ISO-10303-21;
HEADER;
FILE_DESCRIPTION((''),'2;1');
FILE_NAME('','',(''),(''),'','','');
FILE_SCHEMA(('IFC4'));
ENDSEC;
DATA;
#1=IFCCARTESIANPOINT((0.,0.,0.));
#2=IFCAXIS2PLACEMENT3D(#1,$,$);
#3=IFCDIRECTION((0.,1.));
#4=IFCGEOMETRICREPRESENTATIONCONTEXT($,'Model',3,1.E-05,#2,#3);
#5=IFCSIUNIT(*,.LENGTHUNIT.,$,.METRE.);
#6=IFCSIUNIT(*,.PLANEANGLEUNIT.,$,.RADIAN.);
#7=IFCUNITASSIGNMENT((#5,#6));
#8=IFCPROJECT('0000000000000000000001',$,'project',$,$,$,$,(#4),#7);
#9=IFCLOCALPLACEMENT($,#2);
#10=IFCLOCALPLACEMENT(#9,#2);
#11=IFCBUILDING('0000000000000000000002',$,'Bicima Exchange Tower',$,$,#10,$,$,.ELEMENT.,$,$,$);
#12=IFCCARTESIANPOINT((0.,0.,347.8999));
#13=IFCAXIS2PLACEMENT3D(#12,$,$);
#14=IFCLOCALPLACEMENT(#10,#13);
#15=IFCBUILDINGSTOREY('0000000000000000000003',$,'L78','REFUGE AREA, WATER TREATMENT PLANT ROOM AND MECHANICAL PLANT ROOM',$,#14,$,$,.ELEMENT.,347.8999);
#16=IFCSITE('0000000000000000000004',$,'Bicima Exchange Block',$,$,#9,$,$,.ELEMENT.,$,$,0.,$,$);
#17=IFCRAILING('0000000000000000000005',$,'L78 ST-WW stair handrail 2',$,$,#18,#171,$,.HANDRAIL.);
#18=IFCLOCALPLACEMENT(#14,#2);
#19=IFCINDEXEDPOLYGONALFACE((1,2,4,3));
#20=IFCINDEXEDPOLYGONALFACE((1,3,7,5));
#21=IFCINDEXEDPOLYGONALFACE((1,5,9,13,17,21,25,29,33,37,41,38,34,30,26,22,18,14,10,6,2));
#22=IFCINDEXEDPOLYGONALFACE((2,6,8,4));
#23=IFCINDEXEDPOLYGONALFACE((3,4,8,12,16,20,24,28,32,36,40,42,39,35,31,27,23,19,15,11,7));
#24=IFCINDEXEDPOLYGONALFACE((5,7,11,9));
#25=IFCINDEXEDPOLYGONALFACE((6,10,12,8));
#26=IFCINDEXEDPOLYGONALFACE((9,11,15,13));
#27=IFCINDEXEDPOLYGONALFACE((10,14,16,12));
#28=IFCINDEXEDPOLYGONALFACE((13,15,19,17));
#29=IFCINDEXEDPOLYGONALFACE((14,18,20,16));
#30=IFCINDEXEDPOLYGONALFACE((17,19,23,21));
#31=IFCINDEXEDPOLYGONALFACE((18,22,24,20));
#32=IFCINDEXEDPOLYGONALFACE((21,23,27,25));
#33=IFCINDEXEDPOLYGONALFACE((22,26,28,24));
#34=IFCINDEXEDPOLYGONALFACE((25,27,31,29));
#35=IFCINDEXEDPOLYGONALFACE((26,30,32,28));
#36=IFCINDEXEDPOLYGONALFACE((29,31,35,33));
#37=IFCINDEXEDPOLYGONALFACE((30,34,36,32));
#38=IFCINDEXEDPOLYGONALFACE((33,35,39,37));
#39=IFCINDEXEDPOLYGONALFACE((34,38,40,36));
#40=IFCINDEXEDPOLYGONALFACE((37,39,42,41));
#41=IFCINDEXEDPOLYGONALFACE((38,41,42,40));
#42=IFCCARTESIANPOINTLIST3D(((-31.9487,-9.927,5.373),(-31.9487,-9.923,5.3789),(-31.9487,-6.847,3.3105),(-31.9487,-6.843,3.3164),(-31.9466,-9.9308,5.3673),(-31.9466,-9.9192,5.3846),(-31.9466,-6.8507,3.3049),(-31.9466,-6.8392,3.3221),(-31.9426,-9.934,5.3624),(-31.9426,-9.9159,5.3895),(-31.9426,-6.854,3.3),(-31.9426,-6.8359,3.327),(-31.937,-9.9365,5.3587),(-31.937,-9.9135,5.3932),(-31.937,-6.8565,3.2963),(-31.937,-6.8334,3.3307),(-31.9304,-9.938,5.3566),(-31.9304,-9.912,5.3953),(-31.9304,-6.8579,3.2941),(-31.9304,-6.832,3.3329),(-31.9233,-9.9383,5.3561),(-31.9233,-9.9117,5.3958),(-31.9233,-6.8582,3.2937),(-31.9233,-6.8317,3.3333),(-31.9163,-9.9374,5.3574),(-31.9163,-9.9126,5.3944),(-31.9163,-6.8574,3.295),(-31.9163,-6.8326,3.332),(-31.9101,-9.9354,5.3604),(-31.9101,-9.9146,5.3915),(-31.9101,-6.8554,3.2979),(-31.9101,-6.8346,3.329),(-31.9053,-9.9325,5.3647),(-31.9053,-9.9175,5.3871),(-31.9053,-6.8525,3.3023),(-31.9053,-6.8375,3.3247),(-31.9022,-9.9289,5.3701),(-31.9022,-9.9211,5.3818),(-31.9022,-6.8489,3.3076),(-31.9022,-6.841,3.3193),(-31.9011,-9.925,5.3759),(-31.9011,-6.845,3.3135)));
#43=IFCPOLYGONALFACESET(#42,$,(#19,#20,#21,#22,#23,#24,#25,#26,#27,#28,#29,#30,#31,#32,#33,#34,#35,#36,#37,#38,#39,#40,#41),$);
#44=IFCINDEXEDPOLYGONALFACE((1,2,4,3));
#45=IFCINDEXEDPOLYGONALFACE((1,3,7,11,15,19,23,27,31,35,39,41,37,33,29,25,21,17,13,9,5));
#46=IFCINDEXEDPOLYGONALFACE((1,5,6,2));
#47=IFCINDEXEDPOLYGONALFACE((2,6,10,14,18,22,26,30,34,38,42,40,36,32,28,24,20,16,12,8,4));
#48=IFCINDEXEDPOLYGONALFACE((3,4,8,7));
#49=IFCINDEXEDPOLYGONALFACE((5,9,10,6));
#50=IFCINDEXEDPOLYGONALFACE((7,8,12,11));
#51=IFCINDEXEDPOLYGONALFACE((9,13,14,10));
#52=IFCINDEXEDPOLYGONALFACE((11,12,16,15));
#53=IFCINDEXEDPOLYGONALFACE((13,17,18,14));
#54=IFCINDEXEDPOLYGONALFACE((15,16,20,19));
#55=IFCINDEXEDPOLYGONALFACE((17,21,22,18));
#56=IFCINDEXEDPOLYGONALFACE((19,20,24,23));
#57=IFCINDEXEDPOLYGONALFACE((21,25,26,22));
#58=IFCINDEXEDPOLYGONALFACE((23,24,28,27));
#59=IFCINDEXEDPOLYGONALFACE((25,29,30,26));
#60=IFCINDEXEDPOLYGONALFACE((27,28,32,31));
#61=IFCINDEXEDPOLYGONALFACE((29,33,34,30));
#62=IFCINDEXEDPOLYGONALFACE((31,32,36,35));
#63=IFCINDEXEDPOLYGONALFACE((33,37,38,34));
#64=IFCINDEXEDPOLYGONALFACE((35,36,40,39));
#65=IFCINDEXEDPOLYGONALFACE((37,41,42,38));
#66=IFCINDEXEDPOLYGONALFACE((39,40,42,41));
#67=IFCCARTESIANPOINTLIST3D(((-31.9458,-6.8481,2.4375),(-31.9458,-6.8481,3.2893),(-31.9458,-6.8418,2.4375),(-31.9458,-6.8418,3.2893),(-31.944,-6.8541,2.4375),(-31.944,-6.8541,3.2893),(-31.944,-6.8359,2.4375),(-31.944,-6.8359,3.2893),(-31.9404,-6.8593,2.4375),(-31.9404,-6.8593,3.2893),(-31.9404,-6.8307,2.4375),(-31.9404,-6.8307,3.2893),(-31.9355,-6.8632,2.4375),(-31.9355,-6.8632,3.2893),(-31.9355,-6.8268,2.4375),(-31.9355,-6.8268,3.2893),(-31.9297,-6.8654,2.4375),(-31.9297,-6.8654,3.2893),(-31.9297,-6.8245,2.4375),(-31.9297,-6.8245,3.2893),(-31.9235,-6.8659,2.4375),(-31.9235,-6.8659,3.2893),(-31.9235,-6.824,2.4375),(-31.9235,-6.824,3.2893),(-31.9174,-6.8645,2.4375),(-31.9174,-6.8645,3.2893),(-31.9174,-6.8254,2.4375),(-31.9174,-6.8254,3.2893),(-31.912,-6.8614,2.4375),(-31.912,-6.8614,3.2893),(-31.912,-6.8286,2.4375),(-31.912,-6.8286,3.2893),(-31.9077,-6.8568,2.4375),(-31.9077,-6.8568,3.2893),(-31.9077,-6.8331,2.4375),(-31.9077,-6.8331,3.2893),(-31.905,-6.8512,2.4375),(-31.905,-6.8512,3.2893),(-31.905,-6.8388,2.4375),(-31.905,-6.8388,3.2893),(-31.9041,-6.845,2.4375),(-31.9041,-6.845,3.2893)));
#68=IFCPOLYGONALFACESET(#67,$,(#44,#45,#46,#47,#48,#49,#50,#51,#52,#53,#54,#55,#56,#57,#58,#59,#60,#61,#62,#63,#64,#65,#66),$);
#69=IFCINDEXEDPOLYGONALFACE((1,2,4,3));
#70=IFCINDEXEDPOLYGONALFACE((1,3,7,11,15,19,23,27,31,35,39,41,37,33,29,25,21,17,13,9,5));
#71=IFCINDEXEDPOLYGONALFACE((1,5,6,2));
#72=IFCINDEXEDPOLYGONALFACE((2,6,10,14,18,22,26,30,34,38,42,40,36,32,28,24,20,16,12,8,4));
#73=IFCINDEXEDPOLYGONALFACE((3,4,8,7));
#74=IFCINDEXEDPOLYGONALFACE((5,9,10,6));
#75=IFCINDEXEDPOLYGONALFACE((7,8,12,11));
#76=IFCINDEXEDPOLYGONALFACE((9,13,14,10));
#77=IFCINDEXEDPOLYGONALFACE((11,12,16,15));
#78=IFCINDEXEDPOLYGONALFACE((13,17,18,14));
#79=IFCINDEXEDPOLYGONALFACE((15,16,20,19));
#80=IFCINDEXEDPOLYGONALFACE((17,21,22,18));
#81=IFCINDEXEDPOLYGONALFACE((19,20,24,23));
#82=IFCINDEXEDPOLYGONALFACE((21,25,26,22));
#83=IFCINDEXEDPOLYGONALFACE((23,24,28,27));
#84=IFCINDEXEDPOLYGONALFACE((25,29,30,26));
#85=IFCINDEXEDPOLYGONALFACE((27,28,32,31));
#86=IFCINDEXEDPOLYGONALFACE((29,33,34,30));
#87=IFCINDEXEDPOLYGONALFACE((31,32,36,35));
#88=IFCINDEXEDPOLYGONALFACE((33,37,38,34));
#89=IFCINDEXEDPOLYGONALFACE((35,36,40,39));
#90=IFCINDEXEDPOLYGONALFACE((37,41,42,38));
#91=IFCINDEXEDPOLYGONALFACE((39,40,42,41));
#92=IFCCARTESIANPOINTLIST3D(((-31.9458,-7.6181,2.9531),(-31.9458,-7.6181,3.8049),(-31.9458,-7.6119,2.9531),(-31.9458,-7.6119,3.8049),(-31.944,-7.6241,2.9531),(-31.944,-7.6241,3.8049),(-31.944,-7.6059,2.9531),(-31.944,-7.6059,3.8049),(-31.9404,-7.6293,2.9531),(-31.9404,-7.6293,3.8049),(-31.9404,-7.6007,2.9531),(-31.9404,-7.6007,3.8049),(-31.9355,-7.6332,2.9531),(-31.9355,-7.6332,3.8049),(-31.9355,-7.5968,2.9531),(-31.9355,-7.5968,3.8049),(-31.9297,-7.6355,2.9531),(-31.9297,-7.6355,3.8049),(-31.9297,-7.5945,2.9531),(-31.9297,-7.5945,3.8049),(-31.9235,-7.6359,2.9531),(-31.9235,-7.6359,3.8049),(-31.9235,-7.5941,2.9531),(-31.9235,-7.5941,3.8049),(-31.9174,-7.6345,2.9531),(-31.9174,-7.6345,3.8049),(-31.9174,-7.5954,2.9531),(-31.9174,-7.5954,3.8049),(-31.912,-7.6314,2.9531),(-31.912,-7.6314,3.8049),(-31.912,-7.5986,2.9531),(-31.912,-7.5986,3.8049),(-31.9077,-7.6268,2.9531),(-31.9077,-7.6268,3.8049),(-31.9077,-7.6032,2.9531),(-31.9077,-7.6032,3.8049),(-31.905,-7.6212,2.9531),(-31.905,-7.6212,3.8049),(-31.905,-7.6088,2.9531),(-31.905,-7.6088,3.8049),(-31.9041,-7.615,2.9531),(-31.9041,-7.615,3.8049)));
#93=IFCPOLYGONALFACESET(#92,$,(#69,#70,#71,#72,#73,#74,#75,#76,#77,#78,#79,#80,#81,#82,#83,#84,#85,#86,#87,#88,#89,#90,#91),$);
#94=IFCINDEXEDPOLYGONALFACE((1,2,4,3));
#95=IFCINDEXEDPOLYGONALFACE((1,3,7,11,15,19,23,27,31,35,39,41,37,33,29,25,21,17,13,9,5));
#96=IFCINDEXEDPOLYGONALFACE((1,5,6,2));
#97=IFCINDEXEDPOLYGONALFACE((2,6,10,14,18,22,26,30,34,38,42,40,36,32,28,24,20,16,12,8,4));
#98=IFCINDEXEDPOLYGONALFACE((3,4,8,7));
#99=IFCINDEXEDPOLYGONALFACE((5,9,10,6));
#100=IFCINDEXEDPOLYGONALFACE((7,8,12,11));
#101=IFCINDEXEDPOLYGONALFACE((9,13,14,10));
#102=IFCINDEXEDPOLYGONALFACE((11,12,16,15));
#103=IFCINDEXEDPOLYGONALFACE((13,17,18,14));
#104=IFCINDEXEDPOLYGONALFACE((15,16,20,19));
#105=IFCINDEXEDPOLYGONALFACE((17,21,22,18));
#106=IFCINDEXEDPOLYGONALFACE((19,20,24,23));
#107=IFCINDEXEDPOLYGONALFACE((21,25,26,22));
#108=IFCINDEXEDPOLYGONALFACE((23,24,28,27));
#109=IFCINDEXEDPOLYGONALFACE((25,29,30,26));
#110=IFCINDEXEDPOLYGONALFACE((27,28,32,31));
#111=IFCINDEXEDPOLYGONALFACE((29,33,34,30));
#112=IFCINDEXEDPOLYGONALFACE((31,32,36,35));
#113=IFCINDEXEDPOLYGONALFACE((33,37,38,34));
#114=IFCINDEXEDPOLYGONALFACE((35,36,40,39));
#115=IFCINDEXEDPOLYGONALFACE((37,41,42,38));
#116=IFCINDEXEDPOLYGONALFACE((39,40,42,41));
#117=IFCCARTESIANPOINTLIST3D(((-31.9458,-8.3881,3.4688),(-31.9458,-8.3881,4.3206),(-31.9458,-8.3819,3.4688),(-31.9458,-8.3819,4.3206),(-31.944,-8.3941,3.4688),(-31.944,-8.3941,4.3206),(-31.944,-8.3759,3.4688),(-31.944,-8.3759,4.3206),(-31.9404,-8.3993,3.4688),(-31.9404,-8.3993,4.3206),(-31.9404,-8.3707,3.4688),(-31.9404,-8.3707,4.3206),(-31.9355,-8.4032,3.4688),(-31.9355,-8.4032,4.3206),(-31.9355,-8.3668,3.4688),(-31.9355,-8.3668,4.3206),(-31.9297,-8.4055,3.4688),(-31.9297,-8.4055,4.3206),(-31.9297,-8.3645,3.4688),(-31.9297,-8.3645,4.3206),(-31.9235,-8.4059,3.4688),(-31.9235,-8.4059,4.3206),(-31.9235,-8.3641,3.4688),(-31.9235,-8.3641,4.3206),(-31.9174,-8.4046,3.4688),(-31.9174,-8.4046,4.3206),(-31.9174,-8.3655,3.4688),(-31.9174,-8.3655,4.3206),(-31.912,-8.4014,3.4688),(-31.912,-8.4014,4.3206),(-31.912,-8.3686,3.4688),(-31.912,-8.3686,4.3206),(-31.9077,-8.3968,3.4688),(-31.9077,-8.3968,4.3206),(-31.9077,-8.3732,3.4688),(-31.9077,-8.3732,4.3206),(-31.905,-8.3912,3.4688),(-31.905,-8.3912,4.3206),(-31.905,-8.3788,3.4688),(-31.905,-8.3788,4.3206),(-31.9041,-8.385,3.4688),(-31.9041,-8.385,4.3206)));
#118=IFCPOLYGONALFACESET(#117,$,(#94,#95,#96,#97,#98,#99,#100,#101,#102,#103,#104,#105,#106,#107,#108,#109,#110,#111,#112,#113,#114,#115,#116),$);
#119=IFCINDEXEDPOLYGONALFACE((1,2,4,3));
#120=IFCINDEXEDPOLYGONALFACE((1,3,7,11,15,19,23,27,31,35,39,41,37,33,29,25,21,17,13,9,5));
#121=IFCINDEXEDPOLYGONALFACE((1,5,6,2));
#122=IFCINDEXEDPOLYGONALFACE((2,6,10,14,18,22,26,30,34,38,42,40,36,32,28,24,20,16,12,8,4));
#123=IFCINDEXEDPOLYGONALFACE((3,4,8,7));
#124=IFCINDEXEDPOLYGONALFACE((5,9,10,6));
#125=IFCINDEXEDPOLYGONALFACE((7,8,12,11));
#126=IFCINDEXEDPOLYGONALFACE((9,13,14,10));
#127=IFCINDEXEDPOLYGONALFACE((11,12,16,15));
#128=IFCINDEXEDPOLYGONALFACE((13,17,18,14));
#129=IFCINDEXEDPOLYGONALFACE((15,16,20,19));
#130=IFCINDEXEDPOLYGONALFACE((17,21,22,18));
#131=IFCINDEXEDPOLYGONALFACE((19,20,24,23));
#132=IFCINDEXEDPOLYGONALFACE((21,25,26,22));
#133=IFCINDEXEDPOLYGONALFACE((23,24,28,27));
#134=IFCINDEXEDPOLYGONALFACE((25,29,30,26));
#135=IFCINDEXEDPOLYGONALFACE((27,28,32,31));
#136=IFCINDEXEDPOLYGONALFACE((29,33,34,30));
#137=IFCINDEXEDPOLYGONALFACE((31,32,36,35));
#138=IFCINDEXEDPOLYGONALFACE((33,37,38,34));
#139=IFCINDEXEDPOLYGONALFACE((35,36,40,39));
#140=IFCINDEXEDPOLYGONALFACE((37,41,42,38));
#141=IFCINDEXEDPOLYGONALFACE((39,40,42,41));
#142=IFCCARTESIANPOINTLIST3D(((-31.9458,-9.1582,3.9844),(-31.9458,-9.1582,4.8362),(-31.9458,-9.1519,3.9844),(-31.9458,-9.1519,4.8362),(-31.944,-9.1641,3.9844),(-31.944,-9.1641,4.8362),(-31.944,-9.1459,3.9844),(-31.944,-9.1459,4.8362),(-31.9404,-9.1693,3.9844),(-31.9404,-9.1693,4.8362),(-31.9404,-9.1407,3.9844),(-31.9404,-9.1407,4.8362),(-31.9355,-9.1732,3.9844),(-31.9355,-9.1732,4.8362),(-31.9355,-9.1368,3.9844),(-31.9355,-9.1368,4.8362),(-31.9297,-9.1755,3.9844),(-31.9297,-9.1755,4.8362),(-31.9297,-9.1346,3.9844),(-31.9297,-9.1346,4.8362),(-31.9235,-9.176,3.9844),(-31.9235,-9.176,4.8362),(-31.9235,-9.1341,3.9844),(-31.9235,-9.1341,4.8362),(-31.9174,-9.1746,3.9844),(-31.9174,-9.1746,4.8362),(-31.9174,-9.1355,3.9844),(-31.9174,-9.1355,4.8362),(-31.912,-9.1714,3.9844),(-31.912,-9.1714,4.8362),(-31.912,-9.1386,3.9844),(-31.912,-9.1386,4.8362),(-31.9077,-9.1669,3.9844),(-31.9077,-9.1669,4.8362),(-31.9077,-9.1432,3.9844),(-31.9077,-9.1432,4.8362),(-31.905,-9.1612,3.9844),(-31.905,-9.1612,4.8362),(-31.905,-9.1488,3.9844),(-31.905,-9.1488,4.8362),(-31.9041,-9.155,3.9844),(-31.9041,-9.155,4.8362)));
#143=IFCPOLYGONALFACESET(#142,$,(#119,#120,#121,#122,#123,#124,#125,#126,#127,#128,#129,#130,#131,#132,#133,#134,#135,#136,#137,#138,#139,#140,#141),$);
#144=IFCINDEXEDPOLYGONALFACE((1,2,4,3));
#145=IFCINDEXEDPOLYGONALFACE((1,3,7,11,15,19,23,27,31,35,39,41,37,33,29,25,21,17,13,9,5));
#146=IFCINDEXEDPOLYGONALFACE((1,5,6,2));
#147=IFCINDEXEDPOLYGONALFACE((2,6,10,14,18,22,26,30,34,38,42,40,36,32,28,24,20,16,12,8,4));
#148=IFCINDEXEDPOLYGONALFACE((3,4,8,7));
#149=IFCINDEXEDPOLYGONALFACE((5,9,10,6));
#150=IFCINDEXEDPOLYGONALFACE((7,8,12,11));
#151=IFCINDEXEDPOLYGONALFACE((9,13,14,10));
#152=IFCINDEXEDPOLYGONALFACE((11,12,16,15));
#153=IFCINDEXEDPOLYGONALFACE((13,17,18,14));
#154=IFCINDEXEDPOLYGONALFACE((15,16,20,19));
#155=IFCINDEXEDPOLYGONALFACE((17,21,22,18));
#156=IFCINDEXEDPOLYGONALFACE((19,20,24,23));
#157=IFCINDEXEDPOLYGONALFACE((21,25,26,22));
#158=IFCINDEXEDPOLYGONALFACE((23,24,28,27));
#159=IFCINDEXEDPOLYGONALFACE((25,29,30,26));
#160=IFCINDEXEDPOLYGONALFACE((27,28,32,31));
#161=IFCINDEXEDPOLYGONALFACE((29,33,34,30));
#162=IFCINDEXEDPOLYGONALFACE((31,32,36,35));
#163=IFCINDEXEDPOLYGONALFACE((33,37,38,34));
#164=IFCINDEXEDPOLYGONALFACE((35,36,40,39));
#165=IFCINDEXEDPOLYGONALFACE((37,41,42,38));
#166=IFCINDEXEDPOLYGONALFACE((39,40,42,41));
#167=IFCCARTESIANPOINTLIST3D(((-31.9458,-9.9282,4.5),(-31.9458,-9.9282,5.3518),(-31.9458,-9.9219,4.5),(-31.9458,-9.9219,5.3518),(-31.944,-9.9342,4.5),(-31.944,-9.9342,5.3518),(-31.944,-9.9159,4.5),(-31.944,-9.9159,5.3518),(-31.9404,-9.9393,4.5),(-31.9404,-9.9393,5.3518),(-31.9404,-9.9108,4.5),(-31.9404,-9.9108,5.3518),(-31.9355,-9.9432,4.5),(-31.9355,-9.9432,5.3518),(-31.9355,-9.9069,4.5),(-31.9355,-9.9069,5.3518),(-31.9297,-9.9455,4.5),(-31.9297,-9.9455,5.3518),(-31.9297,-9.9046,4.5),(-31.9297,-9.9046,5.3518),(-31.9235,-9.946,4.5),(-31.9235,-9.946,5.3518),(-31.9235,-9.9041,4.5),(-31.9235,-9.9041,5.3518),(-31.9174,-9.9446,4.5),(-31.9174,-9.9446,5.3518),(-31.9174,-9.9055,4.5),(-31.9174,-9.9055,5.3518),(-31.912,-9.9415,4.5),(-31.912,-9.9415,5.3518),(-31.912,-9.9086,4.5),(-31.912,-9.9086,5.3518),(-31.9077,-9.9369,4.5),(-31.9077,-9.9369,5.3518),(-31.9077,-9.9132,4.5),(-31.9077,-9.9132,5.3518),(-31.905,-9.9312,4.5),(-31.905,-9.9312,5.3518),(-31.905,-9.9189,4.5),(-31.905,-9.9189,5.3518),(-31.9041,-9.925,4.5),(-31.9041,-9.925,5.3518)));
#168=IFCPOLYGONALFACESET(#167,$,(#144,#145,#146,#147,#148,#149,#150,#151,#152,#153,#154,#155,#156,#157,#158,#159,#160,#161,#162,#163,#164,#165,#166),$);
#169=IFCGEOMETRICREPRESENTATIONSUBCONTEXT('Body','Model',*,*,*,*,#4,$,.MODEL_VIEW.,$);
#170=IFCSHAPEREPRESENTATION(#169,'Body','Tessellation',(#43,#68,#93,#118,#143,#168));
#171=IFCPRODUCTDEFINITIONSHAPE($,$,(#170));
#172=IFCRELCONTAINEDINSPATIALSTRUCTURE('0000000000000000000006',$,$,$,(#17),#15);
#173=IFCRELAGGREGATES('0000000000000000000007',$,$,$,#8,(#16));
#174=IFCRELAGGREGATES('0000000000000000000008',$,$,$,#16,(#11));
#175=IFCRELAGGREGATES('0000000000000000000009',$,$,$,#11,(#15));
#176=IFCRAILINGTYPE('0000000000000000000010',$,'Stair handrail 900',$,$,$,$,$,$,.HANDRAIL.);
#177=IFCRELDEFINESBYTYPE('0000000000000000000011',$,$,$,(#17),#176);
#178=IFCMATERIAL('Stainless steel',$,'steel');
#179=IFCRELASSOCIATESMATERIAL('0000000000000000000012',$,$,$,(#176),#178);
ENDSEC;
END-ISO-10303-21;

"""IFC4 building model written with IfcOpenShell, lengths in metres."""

from ifc_helpers import new_model, si_unit, direction, frame, origin, origin_2d, place, context, subcontext, project, spatial, circle, extrude, material, type_object, element, save


model = new_model("IFC4")

# Units and contexts
model_context = context("Model", 3, precision=1e-05, world=origin(), true_north=direction((0.0, 1.0)))
body_context = subcontext(model_context, "Body", "Model", "MODEL_VIEW")
ifc_project = project(units=[si_unit("LENGTHUNIT", "METRE"), si_unit("PLANEANGLEUNIT", "RADIAN")], contexts=[model_context])

# Site, building, storey
site_placement = place(None, origin())
site = spatial("IfcSite", under=ifc_project, at=site_placement, Name="Bicima Exchange Block", CompositionType="ELEMENT", RefElevation=0.0)
building_placement = place(site_placement, origin())
building = spatial("IfcBuilding", under=site, at=building_placement, Name="Bicima Exchange Tower", CompositionType="ELEMENT")
storey_placement = place(building_placement, frame((0.0, 0.0, 347.8999)))
storey = spatial("IfcBuildingStorey", under=building, at=storey_placement, Name="L78", Description="REFUGE AREA, WATER TREATMENT PLANT ROOM AND MECHANICAL PLANT ROOM", CompositionType="ELEMENT", Elevation=347.8999)

# Railing
ifc_material_1 = material(Name="Stainless steel", Category="steel")
railing_type_1 = type_object("IfcRailingType", Name="Stair handrail 900", PredefinedType="HANDRAIL", material=ifc_material_1)
railing_1_placement = place(storey_placement, frame((-31.925, -6.845, 2.4375)))
element("IfcRailing", 1, at=railing_1_placement, inside=storey, type_object=railing_type_1, Name="L78 ST-WW stair handrail 2", PredefinedType="HANDRAIL", context=body_context, shape_type="SweptSolid", body=[
    extrude(circle(Radius=0.0239, at=origin_2d()), frame((0.0, 0.0, 0.876), z_axis=(0.0, -0.830914, 0.556401), x_axis=(1.0, 0.0, 0.0)), (0.0, 0.0, 1.0), 3.7068),
    extrude(circle(Radius=0.021, at=origin_2d()), origin(), (0.0, 0.0, 1.0), 0.8518),
    extrude(circle(Radius=0.021, at=origin_2d()), frame((0.0, -0.77, 0.5156)), (0.0, 0.0, 1.0), 0.8518),
    extrude(circle(Radius=0.021, at=origin_2d()), frame((0.0, -1.54, 1.0312)), (0.0, 0.0, 1.0), 0.8518),
    extrude(circle(Radius=0.021, at=origin_2d()), frame((0.0, -2.3101, 1.5469)), (0.0, 0.0, 1.0), 0.8518),
    extrude(circle(Radius=0.021, at=origin_2d()), frame((0.0, -3.0801, 2.0625)), (0.0, 0.0, 1.0), 0.8518),
])

save(model, "model.ifc")
